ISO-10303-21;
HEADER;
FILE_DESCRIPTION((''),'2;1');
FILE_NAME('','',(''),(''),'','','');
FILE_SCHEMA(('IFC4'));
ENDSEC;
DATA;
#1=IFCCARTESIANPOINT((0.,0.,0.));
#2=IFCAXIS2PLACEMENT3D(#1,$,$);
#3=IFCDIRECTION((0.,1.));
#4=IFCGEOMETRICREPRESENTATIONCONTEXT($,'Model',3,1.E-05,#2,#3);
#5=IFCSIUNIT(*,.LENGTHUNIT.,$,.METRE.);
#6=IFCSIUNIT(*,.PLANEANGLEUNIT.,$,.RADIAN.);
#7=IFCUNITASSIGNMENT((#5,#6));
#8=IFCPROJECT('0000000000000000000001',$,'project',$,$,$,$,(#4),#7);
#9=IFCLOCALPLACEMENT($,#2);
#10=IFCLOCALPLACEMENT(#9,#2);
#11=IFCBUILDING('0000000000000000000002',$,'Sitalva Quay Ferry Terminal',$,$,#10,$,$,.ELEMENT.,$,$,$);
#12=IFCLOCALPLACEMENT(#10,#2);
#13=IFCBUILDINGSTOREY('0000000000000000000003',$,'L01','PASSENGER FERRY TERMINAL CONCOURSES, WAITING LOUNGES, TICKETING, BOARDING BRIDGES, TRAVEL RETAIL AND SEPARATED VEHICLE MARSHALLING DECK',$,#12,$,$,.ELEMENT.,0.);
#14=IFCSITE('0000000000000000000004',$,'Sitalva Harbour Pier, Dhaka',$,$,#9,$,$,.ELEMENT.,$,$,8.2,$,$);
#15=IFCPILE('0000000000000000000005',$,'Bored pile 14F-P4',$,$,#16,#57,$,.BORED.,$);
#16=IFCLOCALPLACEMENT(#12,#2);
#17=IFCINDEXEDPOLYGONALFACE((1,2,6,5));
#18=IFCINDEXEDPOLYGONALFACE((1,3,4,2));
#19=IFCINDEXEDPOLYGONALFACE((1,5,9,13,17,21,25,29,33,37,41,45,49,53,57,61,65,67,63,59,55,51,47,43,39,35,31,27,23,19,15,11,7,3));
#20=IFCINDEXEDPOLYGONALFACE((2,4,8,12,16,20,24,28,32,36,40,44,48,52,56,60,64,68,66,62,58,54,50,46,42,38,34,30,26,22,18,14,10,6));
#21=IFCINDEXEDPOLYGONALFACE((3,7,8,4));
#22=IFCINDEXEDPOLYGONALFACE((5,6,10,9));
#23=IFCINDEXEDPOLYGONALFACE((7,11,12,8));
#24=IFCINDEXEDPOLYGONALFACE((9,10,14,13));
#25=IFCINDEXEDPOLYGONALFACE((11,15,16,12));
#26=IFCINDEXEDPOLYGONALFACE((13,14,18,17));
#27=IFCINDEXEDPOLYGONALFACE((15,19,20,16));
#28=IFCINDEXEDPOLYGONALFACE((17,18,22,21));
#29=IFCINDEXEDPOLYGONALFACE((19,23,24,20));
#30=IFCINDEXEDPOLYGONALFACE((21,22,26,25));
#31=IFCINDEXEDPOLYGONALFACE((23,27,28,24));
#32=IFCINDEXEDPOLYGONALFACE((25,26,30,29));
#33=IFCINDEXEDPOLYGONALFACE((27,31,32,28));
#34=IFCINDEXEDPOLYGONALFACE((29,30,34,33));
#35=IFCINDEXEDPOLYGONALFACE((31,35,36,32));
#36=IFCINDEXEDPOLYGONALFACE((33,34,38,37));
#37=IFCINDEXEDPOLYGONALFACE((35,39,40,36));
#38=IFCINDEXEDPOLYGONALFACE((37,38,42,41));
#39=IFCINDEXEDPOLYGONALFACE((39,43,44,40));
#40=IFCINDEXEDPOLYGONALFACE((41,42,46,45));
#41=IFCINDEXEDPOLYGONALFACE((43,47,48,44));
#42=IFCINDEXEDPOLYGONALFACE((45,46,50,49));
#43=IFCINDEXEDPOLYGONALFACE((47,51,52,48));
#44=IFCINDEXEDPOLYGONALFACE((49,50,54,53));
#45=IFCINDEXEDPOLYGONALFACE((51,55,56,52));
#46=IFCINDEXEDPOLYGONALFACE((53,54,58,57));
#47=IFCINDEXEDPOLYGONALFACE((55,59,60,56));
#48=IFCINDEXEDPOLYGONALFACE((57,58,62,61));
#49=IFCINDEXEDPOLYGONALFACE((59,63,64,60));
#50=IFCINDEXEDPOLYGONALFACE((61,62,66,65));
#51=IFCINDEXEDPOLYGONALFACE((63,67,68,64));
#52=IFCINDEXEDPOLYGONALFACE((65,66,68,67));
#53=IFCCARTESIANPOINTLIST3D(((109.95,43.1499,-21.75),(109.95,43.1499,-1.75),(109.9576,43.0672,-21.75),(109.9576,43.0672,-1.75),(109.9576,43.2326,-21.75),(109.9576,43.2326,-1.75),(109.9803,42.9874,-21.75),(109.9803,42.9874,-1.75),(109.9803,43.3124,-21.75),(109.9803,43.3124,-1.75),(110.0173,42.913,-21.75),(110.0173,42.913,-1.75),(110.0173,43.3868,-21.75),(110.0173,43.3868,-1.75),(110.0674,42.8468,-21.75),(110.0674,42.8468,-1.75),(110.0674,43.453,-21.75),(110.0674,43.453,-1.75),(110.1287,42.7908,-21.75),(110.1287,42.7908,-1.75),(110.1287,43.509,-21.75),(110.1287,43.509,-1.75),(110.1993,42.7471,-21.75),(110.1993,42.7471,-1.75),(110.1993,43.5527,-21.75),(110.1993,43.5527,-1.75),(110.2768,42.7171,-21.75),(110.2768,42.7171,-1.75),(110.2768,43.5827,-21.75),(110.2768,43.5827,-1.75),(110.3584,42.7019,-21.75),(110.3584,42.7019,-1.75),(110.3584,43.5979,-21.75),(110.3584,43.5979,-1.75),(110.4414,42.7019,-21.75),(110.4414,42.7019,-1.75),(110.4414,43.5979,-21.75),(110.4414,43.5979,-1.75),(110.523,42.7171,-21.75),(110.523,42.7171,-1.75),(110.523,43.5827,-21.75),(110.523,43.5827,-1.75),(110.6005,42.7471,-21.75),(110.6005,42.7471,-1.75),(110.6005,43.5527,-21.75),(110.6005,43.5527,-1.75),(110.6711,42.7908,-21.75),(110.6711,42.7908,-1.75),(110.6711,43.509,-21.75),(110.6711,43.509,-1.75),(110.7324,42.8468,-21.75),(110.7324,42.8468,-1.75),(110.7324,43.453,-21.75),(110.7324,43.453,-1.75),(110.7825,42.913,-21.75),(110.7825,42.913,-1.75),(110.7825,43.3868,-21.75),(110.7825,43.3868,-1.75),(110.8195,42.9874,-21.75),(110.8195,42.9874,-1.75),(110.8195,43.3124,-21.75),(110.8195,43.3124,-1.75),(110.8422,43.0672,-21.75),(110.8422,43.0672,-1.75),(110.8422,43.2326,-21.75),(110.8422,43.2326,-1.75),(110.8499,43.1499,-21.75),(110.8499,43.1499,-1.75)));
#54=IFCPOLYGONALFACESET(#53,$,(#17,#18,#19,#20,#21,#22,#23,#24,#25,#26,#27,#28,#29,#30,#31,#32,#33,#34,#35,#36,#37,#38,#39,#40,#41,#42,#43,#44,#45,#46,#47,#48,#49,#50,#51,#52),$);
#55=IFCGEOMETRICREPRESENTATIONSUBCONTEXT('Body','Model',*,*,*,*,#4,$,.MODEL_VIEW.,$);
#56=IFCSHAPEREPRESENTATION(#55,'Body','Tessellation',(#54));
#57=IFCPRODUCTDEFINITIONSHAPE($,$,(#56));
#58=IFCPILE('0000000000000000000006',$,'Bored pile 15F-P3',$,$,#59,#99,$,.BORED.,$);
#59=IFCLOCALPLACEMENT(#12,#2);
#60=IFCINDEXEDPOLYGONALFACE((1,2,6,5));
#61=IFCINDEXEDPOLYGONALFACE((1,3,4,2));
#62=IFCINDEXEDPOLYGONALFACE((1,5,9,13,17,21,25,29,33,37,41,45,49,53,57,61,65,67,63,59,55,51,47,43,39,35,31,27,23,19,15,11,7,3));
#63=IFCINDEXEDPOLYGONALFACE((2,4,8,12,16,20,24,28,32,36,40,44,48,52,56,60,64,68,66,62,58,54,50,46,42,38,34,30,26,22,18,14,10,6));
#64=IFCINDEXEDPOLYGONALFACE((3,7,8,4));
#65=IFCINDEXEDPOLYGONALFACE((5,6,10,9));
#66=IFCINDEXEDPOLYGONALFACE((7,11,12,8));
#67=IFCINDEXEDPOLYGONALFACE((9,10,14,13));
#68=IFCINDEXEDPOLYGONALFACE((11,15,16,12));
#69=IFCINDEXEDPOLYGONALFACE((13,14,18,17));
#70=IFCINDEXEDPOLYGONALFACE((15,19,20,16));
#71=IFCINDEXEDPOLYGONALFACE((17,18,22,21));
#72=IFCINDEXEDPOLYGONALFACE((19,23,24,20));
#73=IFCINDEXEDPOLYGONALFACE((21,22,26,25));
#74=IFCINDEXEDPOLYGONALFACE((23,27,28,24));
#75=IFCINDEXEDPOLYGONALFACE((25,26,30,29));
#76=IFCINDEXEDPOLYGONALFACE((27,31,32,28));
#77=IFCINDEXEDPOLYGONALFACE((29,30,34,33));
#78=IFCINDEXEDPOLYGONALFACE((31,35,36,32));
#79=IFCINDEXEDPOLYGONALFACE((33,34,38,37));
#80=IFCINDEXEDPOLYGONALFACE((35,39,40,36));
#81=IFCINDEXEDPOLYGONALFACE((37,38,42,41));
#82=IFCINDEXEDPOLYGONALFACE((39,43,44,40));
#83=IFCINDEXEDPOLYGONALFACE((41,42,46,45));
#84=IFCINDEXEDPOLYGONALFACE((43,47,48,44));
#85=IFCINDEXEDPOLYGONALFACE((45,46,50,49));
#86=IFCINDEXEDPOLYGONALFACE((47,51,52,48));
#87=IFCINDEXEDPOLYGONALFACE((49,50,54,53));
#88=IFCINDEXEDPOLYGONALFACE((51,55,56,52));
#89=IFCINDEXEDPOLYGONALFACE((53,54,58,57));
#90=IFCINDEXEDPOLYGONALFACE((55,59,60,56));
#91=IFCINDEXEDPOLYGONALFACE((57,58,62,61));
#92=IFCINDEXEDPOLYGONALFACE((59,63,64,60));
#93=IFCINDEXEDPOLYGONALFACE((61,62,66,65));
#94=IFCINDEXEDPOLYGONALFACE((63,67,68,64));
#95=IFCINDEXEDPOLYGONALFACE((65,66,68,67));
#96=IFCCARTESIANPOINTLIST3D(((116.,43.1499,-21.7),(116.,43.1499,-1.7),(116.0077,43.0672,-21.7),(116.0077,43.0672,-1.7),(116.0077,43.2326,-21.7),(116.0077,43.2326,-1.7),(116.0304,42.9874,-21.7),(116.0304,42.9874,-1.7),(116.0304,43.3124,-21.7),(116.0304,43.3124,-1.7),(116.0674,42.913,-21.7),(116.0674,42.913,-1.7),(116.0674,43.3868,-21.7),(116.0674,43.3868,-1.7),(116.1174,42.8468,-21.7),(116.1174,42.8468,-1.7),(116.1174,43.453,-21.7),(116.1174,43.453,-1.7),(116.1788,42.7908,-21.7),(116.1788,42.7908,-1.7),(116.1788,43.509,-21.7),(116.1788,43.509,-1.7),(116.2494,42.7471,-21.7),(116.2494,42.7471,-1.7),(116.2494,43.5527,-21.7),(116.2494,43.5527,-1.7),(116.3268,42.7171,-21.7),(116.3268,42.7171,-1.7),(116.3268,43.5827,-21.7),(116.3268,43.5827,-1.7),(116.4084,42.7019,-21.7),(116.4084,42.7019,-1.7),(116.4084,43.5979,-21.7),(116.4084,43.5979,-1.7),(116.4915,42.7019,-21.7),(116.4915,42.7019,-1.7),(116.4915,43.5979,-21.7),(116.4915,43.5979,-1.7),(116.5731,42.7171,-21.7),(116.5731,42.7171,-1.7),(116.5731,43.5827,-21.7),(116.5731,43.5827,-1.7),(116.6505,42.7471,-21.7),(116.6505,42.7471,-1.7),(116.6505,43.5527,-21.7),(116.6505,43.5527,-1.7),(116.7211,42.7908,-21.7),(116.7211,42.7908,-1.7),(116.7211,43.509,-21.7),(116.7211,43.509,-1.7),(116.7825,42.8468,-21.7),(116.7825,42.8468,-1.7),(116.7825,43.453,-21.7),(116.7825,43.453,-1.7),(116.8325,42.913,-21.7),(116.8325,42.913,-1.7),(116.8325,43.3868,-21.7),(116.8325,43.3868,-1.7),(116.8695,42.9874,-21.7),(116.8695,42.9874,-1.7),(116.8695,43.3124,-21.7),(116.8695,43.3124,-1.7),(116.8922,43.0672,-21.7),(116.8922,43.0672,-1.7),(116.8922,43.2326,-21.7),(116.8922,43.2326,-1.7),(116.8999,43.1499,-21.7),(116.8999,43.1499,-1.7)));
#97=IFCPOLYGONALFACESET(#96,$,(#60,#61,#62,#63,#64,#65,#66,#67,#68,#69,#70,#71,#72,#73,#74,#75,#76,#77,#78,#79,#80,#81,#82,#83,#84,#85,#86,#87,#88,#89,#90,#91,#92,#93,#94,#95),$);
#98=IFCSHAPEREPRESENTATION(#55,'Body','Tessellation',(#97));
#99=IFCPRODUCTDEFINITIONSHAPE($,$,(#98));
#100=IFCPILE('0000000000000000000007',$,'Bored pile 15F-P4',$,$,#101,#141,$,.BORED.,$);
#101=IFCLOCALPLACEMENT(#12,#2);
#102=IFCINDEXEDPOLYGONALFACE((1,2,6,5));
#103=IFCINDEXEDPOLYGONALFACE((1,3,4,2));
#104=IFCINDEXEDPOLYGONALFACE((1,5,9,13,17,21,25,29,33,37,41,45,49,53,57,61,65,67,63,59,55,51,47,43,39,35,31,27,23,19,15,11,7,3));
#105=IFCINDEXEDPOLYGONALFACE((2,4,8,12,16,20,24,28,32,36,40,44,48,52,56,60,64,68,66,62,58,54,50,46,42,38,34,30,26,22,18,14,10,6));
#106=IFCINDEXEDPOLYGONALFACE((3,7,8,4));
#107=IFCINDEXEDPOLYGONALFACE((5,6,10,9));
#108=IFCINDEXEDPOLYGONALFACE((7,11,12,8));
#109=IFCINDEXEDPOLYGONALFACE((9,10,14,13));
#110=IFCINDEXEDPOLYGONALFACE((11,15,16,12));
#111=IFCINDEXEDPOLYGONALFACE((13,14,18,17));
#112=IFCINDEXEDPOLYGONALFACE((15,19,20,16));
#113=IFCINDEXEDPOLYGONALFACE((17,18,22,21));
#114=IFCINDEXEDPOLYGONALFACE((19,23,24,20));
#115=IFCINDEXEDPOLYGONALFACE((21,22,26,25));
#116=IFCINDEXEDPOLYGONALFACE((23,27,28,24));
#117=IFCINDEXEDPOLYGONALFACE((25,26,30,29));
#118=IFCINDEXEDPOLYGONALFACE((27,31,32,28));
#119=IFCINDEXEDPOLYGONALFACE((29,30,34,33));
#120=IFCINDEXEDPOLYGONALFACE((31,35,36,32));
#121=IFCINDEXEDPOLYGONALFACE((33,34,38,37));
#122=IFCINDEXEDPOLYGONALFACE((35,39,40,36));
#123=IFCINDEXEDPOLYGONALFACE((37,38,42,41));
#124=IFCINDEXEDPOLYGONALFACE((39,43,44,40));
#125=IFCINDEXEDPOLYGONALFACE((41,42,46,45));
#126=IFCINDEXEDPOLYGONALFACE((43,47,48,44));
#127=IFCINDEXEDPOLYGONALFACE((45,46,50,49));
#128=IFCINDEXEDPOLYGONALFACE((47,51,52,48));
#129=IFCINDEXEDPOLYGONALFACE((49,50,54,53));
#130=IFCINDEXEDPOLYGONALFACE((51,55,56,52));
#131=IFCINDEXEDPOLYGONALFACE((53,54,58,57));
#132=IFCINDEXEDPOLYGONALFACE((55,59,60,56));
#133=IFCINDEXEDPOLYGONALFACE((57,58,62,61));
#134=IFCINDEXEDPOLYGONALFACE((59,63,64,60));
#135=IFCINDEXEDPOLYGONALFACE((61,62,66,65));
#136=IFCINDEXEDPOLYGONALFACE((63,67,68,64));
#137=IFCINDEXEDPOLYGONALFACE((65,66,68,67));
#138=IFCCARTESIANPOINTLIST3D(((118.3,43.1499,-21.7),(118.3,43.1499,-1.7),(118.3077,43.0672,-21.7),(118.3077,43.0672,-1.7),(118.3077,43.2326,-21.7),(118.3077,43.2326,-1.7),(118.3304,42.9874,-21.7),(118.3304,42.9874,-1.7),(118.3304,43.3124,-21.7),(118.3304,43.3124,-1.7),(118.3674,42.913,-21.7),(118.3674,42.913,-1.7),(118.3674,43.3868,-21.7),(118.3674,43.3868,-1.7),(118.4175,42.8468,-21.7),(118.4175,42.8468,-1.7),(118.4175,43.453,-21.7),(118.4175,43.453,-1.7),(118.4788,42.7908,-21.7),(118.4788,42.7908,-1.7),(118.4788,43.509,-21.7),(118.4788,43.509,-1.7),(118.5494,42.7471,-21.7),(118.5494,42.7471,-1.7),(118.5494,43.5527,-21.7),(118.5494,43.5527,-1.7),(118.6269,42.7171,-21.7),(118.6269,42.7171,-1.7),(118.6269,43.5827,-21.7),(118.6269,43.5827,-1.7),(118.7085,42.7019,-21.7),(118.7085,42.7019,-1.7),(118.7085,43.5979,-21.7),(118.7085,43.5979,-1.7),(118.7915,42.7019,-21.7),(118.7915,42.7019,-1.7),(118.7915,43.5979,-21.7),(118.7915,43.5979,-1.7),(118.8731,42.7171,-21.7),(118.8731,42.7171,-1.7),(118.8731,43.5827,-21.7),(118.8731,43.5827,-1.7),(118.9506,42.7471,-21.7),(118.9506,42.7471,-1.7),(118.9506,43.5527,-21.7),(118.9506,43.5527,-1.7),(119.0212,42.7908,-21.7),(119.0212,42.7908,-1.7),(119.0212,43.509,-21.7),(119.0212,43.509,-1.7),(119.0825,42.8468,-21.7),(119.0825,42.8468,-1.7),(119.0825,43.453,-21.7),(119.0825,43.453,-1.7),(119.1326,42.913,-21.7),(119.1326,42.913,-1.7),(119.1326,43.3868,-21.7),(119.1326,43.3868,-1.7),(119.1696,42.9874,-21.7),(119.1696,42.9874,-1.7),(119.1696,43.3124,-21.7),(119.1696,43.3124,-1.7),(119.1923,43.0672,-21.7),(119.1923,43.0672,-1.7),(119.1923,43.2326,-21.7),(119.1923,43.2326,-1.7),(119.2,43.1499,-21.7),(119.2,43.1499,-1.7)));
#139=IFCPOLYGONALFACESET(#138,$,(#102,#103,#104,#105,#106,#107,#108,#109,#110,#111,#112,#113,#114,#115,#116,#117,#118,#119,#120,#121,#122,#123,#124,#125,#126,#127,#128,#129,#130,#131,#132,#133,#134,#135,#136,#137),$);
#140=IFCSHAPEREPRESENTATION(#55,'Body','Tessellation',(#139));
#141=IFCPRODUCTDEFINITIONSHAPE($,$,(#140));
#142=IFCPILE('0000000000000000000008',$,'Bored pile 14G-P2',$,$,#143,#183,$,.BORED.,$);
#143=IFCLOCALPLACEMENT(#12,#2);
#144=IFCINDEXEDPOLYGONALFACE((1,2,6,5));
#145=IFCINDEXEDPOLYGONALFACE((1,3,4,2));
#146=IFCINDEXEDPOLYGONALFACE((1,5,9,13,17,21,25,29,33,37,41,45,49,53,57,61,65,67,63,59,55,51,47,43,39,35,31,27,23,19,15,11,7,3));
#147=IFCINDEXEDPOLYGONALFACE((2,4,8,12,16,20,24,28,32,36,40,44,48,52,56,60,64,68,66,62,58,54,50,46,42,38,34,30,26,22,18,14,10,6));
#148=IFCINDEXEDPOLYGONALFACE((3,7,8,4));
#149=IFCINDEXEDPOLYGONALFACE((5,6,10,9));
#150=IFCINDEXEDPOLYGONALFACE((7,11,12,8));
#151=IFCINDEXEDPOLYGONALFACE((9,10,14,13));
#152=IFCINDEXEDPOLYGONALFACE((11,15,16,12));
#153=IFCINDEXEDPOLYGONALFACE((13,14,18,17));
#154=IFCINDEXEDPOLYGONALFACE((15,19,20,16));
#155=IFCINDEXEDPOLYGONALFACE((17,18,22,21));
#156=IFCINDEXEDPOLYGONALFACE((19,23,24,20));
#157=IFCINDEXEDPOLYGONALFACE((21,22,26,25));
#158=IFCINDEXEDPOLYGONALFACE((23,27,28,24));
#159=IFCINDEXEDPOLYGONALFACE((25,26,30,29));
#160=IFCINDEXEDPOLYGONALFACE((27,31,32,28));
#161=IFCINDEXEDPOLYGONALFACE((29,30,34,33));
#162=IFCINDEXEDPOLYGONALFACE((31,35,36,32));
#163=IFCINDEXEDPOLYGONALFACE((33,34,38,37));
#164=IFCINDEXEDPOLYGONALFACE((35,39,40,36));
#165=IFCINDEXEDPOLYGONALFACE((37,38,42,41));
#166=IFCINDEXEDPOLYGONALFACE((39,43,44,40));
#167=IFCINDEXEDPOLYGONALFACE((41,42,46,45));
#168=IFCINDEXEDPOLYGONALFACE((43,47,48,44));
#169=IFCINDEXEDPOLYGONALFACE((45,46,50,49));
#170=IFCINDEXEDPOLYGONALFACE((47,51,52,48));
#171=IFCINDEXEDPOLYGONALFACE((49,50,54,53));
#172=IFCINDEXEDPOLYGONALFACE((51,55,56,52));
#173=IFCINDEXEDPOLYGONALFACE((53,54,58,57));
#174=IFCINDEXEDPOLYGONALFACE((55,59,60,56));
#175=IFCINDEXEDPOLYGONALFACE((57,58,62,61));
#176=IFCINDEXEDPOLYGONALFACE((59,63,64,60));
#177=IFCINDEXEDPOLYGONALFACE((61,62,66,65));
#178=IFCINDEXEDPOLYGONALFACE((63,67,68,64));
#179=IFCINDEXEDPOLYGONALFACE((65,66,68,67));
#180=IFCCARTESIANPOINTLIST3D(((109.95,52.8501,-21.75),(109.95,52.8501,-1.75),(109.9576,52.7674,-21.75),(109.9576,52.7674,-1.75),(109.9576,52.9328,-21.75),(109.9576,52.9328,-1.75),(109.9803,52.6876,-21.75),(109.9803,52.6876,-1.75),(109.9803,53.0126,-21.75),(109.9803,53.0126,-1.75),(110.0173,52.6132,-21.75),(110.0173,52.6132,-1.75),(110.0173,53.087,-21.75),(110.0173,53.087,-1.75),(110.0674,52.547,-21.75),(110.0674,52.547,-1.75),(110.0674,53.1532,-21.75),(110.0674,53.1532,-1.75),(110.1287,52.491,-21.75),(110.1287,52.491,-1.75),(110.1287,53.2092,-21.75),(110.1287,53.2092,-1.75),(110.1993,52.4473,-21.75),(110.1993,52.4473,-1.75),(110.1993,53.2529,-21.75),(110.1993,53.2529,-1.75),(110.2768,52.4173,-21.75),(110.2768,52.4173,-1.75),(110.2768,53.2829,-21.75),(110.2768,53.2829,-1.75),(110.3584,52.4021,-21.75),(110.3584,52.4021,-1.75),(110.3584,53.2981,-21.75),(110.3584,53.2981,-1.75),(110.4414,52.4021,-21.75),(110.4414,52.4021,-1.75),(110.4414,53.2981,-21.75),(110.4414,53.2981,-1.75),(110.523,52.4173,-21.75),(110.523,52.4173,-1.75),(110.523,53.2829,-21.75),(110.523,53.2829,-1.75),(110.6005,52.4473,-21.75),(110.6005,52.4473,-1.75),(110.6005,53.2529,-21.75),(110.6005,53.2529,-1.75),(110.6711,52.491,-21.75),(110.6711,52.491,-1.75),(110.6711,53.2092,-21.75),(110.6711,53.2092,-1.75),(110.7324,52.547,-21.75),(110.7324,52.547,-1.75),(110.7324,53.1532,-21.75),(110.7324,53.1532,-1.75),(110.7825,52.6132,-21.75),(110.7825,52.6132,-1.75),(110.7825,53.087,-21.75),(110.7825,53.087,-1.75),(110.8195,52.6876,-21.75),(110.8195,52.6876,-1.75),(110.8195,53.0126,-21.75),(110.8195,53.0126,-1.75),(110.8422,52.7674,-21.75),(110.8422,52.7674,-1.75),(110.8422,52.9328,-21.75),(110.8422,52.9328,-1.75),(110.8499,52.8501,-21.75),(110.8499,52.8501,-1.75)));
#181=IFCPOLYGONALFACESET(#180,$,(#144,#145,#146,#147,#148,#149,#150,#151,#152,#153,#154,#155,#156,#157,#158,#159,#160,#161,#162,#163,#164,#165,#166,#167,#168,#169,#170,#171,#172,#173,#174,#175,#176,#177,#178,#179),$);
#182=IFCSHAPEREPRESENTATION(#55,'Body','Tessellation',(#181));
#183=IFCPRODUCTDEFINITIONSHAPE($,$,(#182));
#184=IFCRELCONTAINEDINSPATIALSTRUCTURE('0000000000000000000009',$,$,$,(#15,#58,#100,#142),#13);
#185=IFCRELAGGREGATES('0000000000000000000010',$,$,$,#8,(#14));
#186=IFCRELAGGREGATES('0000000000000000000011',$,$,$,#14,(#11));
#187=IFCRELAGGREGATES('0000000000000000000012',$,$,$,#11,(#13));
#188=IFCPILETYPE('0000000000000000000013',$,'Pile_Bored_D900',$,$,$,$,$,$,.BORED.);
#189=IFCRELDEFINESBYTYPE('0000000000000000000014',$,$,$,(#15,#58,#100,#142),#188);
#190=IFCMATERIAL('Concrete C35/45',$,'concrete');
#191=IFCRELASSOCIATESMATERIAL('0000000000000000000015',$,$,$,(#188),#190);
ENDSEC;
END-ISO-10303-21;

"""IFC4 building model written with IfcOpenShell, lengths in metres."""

from ifc_helpers import new_model, si_unit, direction, frame, origin, origin_2d, place, context, subcontext, project, spatial, circle, extrude, material, material_profile, profile_set, type_object, element, save


model = new_model("IFC4")

# Units and contexts
model_context = context("Model", 3, precision=1e-05, world=origin(), true_north=direction((0.0, 1.0)))
body_context = subcontext(model_context, "Body", "Model", "MODEL_VIEW")
ifc_project = project(units=[si_unit("LENGTHUNIT", "METRE"), si_unit("PLANEANGLEUNIT", "RADIAN")], contexts=[model_context])

# Site, building, storey
site_placement = place(None, origin())
site = spatial("IfcSite", under=ifc_project, at=site_placement, Name="Sitalva Harbour Pier, Dhaka", CompositionType="ELEMENT", RefElevation=8.2)
building_placement = place(site_placement, origin())
building = spatial("IfcBuilding", under=site, at=building_placement, Name="Sitalva Quay Ferry Terminal", CompositionType="ELEMENT")
storey_placement = place(building_placement, origin())
storey = spatial("IfcBuildingStorey", under=building, at=storey_placement, Name="L01", Description="PASSENGER FERRY TERMINAL CONCOURSES, WAITING LOUNGES, TICKETING, BOARDING BRIDGES, TRAVEL RETAIL AND SEPARATED VEHICLE MARSHALLING DECK", CompositionType="ELEMENT", Elevation=0.0)

# Piles
ifc_material_1 = material(Name="Concrete C35/45", Category="concrete")
ifc_material_profile_1 = material_profile(ifc_material_1, circle(Radius=0.45, at=origin_2d()), Name="PILE-D900")
ifc_profile_set_1 = profile_set([ifc_material_profile_1], Name="Concrete C35/45")
pile_type_1 = type_object("IfcPileType", Name="Pile_Bored_D900", PredefinedType="BORED", material=ifc_profile_set_1)
for number, where, z_axis, x_axis, name in (
    (1, (110.3999, 43.1499, -1.75), (0.0, 0.0, -1.0), (1.0, 0.0, 0.0), "Bored pile 14F-P4"),
    (2, (116.45, 43.1499, -1.7), (0.0, 0.0, -1.0), (1.0, 0.0, 0.0), "Bored pile 15F-P3"),
    (3, (118.75, 43.1499, -1.7), (0.0, 0.0, -1.0), (1.0, 0.0, 0.0), "Bored pile 15F-P4"),
    (4, (110.3999, 52.8501, -1.75), (0.0, 0.0, -1.0), (1.0, 0.0, 0.0), "Bored pile 14G-P2"),
):
    element("IfcPile", number, at=place(storey_placement, frame(where, z_axis=z_axis, x_axis=x_axis)), inside=storey, type_object=pile_type_1, Name=name, PredefinedType="BORED", context=body_context, shape_type="SweptSolid", body=[
        extrude(circle(Radius=0.45, at=origin_2d()), origin(), (0.0, 0.0, 1.0), 20.0),
    ])

save(model, "model.ifc")
